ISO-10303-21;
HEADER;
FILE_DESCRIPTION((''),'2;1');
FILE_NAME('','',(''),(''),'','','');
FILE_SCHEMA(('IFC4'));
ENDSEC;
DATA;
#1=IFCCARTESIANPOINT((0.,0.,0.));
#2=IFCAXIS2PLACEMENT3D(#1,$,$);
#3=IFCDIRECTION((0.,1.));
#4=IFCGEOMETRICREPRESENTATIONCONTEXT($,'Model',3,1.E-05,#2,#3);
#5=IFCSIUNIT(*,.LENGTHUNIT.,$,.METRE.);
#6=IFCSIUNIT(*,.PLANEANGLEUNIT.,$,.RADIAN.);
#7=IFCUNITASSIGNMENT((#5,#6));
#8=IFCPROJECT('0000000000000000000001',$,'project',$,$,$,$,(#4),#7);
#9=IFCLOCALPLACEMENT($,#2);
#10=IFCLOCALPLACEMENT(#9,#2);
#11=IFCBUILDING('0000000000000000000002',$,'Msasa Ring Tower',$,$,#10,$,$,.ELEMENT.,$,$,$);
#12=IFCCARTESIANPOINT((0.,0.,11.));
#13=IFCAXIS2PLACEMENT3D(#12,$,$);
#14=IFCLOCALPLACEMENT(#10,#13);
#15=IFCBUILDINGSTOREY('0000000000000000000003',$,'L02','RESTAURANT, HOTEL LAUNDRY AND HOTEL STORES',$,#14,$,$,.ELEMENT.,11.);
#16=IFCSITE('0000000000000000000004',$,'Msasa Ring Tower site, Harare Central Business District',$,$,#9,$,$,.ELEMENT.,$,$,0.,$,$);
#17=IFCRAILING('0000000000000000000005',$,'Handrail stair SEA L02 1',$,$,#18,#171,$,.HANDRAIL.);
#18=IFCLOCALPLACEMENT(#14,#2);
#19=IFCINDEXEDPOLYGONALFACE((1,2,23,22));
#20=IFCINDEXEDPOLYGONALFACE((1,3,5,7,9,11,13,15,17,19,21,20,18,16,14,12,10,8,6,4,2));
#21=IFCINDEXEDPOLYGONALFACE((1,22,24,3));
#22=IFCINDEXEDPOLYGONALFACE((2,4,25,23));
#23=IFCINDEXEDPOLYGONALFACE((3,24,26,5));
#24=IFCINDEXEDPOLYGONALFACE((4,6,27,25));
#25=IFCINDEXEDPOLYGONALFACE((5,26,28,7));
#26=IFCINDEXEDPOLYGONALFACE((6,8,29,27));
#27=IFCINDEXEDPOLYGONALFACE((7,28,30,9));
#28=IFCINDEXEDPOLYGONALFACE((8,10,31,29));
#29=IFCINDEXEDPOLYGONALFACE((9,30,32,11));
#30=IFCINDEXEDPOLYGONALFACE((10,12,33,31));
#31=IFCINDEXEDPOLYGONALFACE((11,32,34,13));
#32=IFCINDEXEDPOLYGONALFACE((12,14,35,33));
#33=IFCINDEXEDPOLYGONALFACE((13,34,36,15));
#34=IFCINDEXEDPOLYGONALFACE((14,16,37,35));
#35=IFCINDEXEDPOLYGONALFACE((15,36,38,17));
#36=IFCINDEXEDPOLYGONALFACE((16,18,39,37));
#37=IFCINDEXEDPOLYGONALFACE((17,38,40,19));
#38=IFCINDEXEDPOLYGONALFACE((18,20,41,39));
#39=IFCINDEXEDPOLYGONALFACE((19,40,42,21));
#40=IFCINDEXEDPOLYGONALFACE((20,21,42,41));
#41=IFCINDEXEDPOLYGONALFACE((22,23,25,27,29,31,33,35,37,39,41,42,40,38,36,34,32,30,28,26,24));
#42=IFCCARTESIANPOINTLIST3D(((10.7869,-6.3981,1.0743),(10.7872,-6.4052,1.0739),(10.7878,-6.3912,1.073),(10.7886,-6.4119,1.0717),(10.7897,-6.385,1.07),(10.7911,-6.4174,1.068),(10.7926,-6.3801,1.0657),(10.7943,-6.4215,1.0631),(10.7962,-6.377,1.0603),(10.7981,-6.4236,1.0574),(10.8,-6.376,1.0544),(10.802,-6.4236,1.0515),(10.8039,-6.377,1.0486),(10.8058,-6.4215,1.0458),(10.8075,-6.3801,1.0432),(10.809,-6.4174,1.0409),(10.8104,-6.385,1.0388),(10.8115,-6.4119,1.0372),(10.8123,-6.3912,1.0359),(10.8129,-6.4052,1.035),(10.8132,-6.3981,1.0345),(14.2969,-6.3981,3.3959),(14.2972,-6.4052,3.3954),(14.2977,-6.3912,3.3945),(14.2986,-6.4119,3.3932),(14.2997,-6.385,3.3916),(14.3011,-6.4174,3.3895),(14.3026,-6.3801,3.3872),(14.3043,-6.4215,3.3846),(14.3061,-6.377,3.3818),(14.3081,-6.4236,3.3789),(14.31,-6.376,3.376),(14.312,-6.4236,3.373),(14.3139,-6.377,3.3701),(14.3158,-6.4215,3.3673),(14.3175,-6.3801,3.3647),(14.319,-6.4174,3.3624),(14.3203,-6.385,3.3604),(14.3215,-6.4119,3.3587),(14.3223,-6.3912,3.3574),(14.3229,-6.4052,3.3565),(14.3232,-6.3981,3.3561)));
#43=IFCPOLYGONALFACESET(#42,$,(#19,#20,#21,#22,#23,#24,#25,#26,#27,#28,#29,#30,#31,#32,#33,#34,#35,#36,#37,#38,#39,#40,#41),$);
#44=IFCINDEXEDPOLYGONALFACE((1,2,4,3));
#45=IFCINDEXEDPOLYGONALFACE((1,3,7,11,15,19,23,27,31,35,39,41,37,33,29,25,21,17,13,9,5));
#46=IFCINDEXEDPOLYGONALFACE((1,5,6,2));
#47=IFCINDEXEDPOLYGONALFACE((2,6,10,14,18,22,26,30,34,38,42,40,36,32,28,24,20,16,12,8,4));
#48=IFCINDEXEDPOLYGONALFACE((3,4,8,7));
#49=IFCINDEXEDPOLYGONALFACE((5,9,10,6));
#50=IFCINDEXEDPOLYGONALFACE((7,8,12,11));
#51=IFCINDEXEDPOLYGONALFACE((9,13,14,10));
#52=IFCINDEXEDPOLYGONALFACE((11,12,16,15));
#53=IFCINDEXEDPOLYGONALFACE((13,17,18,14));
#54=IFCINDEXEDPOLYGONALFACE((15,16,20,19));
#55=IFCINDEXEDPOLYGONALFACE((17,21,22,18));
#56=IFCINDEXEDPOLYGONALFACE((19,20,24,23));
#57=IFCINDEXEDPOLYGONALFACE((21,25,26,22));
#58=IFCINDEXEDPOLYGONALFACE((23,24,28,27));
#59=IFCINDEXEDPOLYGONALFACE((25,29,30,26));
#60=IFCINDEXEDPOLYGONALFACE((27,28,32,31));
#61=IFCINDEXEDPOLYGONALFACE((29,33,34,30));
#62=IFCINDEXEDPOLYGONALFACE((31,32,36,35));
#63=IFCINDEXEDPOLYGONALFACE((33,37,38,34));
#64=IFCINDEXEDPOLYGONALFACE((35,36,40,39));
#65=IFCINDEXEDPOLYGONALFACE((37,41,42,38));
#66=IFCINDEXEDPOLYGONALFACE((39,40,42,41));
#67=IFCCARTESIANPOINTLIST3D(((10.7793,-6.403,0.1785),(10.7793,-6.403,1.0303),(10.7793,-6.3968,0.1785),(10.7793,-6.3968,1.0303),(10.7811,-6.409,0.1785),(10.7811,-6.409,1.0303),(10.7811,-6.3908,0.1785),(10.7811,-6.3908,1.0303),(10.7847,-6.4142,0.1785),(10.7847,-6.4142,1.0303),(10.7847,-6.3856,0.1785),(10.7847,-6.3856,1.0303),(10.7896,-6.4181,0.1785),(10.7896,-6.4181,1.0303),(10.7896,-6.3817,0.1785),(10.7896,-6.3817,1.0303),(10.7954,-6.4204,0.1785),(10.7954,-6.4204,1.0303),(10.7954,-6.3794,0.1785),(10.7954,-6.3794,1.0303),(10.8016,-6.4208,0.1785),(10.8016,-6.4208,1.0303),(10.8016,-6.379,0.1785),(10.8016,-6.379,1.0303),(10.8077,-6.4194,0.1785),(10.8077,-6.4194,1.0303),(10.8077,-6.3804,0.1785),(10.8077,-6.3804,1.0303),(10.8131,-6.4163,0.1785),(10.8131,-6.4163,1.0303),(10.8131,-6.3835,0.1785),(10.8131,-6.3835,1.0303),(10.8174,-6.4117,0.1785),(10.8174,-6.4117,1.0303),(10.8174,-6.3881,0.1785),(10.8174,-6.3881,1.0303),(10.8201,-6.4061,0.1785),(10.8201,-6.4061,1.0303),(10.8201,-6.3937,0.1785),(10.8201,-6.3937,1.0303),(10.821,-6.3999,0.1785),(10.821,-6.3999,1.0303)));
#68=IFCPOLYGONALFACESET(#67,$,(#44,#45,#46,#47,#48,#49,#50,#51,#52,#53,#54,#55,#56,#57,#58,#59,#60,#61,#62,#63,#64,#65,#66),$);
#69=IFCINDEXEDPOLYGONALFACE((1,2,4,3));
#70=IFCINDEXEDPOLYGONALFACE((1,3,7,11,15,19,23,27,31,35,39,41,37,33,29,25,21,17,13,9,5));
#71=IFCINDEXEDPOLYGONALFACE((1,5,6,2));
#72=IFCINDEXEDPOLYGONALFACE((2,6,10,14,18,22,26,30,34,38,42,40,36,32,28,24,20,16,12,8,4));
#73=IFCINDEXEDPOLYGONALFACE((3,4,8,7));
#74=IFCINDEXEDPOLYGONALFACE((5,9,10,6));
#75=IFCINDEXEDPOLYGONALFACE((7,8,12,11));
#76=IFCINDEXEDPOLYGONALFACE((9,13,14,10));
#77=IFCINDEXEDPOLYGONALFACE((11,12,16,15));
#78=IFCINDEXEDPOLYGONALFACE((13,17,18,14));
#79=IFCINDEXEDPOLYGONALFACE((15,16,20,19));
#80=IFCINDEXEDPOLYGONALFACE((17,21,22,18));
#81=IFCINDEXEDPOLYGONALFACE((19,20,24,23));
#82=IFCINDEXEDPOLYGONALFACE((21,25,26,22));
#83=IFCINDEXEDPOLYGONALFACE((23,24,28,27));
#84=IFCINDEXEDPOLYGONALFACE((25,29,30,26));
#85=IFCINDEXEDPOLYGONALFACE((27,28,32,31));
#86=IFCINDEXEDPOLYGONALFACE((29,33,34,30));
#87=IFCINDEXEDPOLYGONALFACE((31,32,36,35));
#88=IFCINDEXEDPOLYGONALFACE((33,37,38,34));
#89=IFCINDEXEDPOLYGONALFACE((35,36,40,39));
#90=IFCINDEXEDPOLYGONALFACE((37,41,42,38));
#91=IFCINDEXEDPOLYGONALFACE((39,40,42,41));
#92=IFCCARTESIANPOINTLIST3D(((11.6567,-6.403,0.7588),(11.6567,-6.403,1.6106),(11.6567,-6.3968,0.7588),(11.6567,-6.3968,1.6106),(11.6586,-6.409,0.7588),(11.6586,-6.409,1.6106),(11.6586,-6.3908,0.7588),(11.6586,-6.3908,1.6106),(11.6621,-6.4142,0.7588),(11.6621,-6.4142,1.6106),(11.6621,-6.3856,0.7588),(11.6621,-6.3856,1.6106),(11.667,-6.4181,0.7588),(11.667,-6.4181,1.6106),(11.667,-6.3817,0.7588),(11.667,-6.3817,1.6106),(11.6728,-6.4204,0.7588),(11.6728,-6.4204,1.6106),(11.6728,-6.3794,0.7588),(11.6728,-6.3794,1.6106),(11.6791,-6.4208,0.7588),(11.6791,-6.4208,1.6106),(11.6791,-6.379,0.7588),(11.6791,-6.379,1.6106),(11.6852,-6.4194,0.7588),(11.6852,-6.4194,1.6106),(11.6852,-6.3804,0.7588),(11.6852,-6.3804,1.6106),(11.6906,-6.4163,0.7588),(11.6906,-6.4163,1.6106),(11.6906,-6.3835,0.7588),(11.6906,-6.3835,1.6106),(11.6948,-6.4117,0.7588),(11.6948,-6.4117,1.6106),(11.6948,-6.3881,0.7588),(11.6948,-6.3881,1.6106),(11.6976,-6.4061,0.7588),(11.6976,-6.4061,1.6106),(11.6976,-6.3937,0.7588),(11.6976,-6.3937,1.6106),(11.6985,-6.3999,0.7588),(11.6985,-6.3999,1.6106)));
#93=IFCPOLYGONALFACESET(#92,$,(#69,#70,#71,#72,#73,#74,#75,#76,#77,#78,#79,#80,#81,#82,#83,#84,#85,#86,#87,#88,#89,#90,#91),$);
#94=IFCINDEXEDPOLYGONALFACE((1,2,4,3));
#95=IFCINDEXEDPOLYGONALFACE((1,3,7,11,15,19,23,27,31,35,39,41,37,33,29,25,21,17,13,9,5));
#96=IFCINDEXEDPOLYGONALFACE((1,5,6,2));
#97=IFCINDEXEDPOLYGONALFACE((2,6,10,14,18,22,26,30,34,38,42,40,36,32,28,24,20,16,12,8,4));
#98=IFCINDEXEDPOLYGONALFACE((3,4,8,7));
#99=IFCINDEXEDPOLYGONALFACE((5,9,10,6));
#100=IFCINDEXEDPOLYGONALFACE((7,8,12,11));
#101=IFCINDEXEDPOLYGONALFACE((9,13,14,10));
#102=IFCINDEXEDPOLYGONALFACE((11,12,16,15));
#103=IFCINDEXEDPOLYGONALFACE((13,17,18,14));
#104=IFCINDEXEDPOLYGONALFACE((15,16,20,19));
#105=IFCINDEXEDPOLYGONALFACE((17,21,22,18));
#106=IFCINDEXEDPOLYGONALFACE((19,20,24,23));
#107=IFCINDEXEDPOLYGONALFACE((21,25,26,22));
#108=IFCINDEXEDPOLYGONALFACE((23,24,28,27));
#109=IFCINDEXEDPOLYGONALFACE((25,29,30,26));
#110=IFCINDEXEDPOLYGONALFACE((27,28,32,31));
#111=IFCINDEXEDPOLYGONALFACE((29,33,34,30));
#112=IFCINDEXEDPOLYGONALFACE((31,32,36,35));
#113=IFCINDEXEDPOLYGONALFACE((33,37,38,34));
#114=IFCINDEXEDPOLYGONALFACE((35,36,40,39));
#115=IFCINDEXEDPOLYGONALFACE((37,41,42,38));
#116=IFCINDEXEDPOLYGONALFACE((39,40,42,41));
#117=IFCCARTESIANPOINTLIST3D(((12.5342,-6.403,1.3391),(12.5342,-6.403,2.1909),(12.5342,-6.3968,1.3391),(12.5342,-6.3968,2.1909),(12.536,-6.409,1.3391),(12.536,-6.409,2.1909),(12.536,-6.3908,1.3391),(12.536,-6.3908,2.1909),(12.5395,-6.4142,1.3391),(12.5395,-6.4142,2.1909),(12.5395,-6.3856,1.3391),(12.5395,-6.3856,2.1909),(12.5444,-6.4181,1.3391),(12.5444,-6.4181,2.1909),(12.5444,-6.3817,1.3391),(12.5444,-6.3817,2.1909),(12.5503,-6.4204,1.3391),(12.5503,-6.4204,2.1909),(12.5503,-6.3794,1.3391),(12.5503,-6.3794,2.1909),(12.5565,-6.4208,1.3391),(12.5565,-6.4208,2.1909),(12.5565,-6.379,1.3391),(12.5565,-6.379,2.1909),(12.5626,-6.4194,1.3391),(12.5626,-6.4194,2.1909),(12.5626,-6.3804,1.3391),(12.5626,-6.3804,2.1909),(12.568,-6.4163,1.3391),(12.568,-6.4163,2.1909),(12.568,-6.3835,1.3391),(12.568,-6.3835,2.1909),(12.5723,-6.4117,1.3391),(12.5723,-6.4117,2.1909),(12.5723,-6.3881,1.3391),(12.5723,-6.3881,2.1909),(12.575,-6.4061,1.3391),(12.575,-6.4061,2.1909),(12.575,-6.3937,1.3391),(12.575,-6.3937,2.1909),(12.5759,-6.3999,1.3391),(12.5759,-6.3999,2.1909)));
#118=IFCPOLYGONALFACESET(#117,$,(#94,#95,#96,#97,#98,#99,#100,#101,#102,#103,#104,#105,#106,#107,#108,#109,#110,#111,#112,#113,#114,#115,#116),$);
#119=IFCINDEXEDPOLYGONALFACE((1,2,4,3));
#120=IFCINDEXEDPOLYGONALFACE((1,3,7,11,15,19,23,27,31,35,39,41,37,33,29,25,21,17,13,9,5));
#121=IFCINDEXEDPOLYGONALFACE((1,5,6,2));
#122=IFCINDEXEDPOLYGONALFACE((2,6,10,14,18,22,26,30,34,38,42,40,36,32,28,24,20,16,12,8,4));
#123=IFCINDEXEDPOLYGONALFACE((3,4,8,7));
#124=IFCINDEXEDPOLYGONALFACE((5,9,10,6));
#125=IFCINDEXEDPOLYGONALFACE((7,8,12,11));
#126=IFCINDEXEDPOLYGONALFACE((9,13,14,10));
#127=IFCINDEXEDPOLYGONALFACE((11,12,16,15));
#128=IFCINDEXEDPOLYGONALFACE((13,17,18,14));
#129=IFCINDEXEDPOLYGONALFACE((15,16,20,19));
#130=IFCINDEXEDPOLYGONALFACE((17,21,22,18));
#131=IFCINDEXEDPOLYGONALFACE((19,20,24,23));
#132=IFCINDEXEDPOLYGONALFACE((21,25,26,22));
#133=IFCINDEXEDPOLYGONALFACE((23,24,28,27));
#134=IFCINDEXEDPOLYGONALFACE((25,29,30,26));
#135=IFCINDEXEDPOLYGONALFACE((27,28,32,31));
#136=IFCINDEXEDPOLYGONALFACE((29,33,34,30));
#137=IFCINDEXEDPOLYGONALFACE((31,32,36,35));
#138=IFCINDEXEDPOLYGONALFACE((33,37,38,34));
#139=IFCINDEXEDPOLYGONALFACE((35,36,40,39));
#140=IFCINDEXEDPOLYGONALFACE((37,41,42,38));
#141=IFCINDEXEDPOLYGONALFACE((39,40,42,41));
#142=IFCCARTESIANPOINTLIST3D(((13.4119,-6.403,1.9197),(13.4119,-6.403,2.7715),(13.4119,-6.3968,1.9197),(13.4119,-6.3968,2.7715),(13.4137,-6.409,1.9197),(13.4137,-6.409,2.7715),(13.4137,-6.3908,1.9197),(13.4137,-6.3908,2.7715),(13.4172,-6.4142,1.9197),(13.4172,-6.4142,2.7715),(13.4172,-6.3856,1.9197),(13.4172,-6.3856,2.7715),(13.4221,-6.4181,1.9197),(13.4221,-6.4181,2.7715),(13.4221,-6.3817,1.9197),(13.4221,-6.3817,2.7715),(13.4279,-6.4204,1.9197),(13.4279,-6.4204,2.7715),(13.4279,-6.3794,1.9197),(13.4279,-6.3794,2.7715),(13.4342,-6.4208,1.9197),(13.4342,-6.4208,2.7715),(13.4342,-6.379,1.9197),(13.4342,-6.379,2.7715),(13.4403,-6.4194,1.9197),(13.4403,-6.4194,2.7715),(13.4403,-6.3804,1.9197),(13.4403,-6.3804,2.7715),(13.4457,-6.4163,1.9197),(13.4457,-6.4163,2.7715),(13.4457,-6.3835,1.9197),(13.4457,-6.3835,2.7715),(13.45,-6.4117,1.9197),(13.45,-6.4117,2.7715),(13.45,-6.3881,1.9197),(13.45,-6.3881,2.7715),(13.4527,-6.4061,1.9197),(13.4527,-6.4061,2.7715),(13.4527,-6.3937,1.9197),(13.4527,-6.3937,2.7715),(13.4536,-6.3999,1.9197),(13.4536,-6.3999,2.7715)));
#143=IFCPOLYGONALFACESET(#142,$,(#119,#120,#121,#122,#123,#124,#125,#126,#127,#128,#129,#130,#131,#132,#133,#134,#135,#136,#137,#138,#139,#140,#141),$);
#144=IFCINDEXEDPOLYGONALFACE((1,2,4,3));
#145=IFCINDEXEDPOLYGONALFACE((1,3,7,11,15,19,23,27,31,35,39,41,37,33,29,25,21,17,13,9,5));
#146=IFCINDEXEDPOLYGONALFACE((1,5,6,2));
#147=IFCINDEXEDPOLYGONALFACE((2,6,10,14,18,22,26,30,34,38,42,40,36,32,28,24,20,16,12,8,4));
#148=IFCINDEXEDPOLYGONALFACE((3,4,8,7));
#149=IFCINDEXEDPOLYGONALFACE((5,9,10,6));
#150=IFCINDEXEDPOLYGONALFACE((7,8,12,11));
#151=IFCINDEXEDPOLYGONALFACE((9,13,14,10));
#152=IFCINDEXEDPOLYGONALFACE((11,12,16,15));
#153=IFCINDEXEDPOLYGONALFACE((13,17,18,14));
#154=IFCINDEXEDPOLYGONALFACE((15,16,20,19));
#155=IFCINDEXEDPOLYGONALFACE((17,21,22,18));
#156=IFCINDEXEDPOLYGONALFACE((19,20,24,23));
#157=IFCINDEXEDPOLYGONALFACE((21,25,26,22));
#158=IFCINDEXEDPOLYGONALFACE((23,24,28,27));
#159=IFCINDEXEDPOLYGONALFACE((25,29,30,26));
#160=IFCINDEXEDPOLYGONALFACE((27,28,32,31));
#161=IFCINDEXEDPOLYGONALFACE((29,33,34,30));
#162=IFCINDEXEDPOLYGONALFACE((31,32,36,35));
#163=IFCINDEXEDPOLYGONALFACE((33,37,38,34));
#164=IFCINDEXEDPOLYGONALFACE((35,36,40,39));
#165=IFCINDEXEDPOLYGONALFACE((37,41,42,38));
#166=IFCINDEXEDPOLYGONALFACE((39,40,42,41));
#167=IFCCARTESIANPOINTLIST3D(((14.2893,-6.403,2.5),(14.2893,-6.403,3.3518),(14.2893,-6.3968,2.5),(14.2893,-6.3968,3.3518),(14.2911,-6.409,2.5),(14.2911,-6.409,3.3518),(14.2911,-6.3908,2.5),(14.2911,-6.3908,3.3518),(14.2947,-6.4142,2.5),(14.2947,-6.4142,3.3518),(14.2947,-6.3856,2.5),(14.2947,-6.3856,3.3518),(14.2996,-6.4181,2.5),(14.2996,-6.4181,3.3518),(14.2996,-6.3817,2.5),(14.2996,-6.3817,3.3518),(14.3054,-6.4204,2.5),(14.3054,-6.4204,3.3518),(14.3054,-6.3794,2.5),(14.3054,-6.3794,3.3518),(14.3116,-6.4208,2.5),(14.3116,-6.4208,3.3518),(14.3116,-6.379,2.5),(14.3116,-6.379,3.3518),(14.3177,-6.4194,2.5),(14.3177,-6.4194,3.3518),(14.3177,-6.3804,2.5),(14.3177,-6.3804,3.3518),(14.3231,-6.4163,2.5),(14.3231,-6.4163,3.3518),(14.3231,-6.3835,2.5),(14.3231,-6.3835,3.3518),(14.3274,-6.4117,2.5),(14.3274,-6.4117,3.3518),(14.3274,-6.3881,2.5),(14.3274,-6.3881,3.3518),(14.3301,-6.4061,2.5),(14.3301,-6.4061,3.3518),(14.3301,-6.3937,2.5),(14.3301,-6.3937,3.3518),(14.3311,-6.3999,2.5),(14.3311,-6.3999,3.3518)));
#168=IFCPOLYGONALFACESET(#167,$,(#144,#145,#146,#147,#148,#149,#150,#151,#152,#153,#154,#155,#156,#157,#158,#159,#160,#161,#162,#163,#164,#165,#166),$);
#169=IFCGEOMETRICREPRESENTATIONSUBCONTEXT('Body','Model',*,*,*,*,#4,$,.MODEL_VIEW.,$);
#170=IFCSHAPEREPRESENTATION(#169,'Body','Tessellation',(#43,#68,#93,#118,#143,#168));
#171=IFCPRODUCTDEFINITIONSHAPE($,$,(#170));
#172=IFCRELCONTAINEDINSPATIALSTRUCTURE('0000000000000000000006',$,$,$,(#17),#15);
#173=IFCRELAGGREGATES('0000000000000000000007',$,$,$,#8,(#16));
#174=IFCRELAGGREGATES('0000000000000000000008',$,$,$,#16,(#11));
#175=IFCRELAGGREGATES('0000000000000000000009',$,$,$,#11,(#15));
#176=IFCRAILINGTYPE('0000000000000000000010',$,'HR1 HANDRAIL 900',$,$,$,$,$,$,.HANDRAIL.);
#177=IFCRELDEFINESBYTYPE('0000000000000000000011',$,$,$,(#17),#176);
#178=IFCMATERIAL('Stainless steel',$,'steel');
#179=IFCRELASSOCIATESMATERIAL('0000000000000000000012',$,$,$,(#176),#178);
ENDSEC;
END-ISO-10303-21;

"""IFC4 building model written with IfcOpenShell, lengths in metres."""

from ifc_helpers import new_model, si_unit, direction, frame, origin, origin_2d, place, context, subcontext, project, spatial, circle, extrude, material, type_object, element, save


model = new_model("IFC4")

# Units and contexts
model_context = context("Model", 3, precision=1e-05, world=origin(), true_north=direction((0.0, 1.0)))
body_context = subcontext(model_context, "Body", "Model", "MODEL_VIEW")
ifc_project = project(units=[si_unit("LENGTHUNIT", "METRE"), si_unit("PLANEANGLEUNIT", "RADIAN")], contexts=[model_context])

# Site, building, storey
site_placement = place(None, origin())
site = spatial("IfcSite", under=ifc_project, at=site_placement, Name="Msasa Ring Tower site, Harare Central Business District", CompositionType="ELEMENT", RefElevation=0.0)
building_placement = place(site_placement, origin())
building = spatial("IfcBuilding", under=site, at=building_placement, Name="Msasa Ring Tower", CompositionType="ELEMENT")
storey_placement = place(building_placement, frame((0.0, 0.0, 11.0)))
storey = spatial("IfcBuildingStorey", under=building, at=storey_placement, Name="L02", Description="RESTAURANT, HOTEL LAUNDRY AND HOTEL STORES", CompositionType="ELEMENT", Elevation=11.0)

# Railing
ifc_material_1 = material(Name="Stainless steel", Category="steel")
railing_type = type_object("IfcRailingType", Name="HR1 HANDRAIL 900", PredefinedType="HANDRAIL", material=ifc_material_1)
for number, where, name in (
    (1, (10.8, -6.3999, 0.1785), "Handrail stair SEA L02 1"),
):
    element("IfcRailing", number, at=place(storey_placement, frame(where)), inside=storey, type_object=railing_type, Name=name, PredefinedType="HANDRAIL", context=body_context, shape_type="SweptSolid", body=[
        extrude(circle(Radius=0.0239, at=origin_2d()), frame((0.0, 0.0, 0.876), z_axis=(0.834071, 0.0, 0.551657), x_axis=(0.0, 1.0, 0.0)), (0.0, 0.0, 1.0), 4.2083),
        extrude(circle(Radius=0.021, at=origin_2d()), origin(), (0.0, 0.0, 1.0), 0.8518),
        extrude(circle(Radius=0.021, at=origin_2d()), frame((0.8774, 0.0, 0.5803)), (0.0, 0.0, 1.0), 0.8518),
        extrude(circle(Radius=0.021, at=origin_2d()), frame((1.7549, 0.0, 1.1606)), (0.0, 0.0, 1.0), 0.8518),
        extrude(circle(Radius=0.021, at=origin_2d()), frame((2.6326, 0.0, 1.7412)), (0.0, 0.0, 1.0), 0.8518),
        extrude(circle(Radius=0.021, at=origin_2d()), frame((3.51, 0.0, 2.3215)), (0.0, 0.0, 1.0), 0.8518),
    ])

save(model, "model.ifc")
